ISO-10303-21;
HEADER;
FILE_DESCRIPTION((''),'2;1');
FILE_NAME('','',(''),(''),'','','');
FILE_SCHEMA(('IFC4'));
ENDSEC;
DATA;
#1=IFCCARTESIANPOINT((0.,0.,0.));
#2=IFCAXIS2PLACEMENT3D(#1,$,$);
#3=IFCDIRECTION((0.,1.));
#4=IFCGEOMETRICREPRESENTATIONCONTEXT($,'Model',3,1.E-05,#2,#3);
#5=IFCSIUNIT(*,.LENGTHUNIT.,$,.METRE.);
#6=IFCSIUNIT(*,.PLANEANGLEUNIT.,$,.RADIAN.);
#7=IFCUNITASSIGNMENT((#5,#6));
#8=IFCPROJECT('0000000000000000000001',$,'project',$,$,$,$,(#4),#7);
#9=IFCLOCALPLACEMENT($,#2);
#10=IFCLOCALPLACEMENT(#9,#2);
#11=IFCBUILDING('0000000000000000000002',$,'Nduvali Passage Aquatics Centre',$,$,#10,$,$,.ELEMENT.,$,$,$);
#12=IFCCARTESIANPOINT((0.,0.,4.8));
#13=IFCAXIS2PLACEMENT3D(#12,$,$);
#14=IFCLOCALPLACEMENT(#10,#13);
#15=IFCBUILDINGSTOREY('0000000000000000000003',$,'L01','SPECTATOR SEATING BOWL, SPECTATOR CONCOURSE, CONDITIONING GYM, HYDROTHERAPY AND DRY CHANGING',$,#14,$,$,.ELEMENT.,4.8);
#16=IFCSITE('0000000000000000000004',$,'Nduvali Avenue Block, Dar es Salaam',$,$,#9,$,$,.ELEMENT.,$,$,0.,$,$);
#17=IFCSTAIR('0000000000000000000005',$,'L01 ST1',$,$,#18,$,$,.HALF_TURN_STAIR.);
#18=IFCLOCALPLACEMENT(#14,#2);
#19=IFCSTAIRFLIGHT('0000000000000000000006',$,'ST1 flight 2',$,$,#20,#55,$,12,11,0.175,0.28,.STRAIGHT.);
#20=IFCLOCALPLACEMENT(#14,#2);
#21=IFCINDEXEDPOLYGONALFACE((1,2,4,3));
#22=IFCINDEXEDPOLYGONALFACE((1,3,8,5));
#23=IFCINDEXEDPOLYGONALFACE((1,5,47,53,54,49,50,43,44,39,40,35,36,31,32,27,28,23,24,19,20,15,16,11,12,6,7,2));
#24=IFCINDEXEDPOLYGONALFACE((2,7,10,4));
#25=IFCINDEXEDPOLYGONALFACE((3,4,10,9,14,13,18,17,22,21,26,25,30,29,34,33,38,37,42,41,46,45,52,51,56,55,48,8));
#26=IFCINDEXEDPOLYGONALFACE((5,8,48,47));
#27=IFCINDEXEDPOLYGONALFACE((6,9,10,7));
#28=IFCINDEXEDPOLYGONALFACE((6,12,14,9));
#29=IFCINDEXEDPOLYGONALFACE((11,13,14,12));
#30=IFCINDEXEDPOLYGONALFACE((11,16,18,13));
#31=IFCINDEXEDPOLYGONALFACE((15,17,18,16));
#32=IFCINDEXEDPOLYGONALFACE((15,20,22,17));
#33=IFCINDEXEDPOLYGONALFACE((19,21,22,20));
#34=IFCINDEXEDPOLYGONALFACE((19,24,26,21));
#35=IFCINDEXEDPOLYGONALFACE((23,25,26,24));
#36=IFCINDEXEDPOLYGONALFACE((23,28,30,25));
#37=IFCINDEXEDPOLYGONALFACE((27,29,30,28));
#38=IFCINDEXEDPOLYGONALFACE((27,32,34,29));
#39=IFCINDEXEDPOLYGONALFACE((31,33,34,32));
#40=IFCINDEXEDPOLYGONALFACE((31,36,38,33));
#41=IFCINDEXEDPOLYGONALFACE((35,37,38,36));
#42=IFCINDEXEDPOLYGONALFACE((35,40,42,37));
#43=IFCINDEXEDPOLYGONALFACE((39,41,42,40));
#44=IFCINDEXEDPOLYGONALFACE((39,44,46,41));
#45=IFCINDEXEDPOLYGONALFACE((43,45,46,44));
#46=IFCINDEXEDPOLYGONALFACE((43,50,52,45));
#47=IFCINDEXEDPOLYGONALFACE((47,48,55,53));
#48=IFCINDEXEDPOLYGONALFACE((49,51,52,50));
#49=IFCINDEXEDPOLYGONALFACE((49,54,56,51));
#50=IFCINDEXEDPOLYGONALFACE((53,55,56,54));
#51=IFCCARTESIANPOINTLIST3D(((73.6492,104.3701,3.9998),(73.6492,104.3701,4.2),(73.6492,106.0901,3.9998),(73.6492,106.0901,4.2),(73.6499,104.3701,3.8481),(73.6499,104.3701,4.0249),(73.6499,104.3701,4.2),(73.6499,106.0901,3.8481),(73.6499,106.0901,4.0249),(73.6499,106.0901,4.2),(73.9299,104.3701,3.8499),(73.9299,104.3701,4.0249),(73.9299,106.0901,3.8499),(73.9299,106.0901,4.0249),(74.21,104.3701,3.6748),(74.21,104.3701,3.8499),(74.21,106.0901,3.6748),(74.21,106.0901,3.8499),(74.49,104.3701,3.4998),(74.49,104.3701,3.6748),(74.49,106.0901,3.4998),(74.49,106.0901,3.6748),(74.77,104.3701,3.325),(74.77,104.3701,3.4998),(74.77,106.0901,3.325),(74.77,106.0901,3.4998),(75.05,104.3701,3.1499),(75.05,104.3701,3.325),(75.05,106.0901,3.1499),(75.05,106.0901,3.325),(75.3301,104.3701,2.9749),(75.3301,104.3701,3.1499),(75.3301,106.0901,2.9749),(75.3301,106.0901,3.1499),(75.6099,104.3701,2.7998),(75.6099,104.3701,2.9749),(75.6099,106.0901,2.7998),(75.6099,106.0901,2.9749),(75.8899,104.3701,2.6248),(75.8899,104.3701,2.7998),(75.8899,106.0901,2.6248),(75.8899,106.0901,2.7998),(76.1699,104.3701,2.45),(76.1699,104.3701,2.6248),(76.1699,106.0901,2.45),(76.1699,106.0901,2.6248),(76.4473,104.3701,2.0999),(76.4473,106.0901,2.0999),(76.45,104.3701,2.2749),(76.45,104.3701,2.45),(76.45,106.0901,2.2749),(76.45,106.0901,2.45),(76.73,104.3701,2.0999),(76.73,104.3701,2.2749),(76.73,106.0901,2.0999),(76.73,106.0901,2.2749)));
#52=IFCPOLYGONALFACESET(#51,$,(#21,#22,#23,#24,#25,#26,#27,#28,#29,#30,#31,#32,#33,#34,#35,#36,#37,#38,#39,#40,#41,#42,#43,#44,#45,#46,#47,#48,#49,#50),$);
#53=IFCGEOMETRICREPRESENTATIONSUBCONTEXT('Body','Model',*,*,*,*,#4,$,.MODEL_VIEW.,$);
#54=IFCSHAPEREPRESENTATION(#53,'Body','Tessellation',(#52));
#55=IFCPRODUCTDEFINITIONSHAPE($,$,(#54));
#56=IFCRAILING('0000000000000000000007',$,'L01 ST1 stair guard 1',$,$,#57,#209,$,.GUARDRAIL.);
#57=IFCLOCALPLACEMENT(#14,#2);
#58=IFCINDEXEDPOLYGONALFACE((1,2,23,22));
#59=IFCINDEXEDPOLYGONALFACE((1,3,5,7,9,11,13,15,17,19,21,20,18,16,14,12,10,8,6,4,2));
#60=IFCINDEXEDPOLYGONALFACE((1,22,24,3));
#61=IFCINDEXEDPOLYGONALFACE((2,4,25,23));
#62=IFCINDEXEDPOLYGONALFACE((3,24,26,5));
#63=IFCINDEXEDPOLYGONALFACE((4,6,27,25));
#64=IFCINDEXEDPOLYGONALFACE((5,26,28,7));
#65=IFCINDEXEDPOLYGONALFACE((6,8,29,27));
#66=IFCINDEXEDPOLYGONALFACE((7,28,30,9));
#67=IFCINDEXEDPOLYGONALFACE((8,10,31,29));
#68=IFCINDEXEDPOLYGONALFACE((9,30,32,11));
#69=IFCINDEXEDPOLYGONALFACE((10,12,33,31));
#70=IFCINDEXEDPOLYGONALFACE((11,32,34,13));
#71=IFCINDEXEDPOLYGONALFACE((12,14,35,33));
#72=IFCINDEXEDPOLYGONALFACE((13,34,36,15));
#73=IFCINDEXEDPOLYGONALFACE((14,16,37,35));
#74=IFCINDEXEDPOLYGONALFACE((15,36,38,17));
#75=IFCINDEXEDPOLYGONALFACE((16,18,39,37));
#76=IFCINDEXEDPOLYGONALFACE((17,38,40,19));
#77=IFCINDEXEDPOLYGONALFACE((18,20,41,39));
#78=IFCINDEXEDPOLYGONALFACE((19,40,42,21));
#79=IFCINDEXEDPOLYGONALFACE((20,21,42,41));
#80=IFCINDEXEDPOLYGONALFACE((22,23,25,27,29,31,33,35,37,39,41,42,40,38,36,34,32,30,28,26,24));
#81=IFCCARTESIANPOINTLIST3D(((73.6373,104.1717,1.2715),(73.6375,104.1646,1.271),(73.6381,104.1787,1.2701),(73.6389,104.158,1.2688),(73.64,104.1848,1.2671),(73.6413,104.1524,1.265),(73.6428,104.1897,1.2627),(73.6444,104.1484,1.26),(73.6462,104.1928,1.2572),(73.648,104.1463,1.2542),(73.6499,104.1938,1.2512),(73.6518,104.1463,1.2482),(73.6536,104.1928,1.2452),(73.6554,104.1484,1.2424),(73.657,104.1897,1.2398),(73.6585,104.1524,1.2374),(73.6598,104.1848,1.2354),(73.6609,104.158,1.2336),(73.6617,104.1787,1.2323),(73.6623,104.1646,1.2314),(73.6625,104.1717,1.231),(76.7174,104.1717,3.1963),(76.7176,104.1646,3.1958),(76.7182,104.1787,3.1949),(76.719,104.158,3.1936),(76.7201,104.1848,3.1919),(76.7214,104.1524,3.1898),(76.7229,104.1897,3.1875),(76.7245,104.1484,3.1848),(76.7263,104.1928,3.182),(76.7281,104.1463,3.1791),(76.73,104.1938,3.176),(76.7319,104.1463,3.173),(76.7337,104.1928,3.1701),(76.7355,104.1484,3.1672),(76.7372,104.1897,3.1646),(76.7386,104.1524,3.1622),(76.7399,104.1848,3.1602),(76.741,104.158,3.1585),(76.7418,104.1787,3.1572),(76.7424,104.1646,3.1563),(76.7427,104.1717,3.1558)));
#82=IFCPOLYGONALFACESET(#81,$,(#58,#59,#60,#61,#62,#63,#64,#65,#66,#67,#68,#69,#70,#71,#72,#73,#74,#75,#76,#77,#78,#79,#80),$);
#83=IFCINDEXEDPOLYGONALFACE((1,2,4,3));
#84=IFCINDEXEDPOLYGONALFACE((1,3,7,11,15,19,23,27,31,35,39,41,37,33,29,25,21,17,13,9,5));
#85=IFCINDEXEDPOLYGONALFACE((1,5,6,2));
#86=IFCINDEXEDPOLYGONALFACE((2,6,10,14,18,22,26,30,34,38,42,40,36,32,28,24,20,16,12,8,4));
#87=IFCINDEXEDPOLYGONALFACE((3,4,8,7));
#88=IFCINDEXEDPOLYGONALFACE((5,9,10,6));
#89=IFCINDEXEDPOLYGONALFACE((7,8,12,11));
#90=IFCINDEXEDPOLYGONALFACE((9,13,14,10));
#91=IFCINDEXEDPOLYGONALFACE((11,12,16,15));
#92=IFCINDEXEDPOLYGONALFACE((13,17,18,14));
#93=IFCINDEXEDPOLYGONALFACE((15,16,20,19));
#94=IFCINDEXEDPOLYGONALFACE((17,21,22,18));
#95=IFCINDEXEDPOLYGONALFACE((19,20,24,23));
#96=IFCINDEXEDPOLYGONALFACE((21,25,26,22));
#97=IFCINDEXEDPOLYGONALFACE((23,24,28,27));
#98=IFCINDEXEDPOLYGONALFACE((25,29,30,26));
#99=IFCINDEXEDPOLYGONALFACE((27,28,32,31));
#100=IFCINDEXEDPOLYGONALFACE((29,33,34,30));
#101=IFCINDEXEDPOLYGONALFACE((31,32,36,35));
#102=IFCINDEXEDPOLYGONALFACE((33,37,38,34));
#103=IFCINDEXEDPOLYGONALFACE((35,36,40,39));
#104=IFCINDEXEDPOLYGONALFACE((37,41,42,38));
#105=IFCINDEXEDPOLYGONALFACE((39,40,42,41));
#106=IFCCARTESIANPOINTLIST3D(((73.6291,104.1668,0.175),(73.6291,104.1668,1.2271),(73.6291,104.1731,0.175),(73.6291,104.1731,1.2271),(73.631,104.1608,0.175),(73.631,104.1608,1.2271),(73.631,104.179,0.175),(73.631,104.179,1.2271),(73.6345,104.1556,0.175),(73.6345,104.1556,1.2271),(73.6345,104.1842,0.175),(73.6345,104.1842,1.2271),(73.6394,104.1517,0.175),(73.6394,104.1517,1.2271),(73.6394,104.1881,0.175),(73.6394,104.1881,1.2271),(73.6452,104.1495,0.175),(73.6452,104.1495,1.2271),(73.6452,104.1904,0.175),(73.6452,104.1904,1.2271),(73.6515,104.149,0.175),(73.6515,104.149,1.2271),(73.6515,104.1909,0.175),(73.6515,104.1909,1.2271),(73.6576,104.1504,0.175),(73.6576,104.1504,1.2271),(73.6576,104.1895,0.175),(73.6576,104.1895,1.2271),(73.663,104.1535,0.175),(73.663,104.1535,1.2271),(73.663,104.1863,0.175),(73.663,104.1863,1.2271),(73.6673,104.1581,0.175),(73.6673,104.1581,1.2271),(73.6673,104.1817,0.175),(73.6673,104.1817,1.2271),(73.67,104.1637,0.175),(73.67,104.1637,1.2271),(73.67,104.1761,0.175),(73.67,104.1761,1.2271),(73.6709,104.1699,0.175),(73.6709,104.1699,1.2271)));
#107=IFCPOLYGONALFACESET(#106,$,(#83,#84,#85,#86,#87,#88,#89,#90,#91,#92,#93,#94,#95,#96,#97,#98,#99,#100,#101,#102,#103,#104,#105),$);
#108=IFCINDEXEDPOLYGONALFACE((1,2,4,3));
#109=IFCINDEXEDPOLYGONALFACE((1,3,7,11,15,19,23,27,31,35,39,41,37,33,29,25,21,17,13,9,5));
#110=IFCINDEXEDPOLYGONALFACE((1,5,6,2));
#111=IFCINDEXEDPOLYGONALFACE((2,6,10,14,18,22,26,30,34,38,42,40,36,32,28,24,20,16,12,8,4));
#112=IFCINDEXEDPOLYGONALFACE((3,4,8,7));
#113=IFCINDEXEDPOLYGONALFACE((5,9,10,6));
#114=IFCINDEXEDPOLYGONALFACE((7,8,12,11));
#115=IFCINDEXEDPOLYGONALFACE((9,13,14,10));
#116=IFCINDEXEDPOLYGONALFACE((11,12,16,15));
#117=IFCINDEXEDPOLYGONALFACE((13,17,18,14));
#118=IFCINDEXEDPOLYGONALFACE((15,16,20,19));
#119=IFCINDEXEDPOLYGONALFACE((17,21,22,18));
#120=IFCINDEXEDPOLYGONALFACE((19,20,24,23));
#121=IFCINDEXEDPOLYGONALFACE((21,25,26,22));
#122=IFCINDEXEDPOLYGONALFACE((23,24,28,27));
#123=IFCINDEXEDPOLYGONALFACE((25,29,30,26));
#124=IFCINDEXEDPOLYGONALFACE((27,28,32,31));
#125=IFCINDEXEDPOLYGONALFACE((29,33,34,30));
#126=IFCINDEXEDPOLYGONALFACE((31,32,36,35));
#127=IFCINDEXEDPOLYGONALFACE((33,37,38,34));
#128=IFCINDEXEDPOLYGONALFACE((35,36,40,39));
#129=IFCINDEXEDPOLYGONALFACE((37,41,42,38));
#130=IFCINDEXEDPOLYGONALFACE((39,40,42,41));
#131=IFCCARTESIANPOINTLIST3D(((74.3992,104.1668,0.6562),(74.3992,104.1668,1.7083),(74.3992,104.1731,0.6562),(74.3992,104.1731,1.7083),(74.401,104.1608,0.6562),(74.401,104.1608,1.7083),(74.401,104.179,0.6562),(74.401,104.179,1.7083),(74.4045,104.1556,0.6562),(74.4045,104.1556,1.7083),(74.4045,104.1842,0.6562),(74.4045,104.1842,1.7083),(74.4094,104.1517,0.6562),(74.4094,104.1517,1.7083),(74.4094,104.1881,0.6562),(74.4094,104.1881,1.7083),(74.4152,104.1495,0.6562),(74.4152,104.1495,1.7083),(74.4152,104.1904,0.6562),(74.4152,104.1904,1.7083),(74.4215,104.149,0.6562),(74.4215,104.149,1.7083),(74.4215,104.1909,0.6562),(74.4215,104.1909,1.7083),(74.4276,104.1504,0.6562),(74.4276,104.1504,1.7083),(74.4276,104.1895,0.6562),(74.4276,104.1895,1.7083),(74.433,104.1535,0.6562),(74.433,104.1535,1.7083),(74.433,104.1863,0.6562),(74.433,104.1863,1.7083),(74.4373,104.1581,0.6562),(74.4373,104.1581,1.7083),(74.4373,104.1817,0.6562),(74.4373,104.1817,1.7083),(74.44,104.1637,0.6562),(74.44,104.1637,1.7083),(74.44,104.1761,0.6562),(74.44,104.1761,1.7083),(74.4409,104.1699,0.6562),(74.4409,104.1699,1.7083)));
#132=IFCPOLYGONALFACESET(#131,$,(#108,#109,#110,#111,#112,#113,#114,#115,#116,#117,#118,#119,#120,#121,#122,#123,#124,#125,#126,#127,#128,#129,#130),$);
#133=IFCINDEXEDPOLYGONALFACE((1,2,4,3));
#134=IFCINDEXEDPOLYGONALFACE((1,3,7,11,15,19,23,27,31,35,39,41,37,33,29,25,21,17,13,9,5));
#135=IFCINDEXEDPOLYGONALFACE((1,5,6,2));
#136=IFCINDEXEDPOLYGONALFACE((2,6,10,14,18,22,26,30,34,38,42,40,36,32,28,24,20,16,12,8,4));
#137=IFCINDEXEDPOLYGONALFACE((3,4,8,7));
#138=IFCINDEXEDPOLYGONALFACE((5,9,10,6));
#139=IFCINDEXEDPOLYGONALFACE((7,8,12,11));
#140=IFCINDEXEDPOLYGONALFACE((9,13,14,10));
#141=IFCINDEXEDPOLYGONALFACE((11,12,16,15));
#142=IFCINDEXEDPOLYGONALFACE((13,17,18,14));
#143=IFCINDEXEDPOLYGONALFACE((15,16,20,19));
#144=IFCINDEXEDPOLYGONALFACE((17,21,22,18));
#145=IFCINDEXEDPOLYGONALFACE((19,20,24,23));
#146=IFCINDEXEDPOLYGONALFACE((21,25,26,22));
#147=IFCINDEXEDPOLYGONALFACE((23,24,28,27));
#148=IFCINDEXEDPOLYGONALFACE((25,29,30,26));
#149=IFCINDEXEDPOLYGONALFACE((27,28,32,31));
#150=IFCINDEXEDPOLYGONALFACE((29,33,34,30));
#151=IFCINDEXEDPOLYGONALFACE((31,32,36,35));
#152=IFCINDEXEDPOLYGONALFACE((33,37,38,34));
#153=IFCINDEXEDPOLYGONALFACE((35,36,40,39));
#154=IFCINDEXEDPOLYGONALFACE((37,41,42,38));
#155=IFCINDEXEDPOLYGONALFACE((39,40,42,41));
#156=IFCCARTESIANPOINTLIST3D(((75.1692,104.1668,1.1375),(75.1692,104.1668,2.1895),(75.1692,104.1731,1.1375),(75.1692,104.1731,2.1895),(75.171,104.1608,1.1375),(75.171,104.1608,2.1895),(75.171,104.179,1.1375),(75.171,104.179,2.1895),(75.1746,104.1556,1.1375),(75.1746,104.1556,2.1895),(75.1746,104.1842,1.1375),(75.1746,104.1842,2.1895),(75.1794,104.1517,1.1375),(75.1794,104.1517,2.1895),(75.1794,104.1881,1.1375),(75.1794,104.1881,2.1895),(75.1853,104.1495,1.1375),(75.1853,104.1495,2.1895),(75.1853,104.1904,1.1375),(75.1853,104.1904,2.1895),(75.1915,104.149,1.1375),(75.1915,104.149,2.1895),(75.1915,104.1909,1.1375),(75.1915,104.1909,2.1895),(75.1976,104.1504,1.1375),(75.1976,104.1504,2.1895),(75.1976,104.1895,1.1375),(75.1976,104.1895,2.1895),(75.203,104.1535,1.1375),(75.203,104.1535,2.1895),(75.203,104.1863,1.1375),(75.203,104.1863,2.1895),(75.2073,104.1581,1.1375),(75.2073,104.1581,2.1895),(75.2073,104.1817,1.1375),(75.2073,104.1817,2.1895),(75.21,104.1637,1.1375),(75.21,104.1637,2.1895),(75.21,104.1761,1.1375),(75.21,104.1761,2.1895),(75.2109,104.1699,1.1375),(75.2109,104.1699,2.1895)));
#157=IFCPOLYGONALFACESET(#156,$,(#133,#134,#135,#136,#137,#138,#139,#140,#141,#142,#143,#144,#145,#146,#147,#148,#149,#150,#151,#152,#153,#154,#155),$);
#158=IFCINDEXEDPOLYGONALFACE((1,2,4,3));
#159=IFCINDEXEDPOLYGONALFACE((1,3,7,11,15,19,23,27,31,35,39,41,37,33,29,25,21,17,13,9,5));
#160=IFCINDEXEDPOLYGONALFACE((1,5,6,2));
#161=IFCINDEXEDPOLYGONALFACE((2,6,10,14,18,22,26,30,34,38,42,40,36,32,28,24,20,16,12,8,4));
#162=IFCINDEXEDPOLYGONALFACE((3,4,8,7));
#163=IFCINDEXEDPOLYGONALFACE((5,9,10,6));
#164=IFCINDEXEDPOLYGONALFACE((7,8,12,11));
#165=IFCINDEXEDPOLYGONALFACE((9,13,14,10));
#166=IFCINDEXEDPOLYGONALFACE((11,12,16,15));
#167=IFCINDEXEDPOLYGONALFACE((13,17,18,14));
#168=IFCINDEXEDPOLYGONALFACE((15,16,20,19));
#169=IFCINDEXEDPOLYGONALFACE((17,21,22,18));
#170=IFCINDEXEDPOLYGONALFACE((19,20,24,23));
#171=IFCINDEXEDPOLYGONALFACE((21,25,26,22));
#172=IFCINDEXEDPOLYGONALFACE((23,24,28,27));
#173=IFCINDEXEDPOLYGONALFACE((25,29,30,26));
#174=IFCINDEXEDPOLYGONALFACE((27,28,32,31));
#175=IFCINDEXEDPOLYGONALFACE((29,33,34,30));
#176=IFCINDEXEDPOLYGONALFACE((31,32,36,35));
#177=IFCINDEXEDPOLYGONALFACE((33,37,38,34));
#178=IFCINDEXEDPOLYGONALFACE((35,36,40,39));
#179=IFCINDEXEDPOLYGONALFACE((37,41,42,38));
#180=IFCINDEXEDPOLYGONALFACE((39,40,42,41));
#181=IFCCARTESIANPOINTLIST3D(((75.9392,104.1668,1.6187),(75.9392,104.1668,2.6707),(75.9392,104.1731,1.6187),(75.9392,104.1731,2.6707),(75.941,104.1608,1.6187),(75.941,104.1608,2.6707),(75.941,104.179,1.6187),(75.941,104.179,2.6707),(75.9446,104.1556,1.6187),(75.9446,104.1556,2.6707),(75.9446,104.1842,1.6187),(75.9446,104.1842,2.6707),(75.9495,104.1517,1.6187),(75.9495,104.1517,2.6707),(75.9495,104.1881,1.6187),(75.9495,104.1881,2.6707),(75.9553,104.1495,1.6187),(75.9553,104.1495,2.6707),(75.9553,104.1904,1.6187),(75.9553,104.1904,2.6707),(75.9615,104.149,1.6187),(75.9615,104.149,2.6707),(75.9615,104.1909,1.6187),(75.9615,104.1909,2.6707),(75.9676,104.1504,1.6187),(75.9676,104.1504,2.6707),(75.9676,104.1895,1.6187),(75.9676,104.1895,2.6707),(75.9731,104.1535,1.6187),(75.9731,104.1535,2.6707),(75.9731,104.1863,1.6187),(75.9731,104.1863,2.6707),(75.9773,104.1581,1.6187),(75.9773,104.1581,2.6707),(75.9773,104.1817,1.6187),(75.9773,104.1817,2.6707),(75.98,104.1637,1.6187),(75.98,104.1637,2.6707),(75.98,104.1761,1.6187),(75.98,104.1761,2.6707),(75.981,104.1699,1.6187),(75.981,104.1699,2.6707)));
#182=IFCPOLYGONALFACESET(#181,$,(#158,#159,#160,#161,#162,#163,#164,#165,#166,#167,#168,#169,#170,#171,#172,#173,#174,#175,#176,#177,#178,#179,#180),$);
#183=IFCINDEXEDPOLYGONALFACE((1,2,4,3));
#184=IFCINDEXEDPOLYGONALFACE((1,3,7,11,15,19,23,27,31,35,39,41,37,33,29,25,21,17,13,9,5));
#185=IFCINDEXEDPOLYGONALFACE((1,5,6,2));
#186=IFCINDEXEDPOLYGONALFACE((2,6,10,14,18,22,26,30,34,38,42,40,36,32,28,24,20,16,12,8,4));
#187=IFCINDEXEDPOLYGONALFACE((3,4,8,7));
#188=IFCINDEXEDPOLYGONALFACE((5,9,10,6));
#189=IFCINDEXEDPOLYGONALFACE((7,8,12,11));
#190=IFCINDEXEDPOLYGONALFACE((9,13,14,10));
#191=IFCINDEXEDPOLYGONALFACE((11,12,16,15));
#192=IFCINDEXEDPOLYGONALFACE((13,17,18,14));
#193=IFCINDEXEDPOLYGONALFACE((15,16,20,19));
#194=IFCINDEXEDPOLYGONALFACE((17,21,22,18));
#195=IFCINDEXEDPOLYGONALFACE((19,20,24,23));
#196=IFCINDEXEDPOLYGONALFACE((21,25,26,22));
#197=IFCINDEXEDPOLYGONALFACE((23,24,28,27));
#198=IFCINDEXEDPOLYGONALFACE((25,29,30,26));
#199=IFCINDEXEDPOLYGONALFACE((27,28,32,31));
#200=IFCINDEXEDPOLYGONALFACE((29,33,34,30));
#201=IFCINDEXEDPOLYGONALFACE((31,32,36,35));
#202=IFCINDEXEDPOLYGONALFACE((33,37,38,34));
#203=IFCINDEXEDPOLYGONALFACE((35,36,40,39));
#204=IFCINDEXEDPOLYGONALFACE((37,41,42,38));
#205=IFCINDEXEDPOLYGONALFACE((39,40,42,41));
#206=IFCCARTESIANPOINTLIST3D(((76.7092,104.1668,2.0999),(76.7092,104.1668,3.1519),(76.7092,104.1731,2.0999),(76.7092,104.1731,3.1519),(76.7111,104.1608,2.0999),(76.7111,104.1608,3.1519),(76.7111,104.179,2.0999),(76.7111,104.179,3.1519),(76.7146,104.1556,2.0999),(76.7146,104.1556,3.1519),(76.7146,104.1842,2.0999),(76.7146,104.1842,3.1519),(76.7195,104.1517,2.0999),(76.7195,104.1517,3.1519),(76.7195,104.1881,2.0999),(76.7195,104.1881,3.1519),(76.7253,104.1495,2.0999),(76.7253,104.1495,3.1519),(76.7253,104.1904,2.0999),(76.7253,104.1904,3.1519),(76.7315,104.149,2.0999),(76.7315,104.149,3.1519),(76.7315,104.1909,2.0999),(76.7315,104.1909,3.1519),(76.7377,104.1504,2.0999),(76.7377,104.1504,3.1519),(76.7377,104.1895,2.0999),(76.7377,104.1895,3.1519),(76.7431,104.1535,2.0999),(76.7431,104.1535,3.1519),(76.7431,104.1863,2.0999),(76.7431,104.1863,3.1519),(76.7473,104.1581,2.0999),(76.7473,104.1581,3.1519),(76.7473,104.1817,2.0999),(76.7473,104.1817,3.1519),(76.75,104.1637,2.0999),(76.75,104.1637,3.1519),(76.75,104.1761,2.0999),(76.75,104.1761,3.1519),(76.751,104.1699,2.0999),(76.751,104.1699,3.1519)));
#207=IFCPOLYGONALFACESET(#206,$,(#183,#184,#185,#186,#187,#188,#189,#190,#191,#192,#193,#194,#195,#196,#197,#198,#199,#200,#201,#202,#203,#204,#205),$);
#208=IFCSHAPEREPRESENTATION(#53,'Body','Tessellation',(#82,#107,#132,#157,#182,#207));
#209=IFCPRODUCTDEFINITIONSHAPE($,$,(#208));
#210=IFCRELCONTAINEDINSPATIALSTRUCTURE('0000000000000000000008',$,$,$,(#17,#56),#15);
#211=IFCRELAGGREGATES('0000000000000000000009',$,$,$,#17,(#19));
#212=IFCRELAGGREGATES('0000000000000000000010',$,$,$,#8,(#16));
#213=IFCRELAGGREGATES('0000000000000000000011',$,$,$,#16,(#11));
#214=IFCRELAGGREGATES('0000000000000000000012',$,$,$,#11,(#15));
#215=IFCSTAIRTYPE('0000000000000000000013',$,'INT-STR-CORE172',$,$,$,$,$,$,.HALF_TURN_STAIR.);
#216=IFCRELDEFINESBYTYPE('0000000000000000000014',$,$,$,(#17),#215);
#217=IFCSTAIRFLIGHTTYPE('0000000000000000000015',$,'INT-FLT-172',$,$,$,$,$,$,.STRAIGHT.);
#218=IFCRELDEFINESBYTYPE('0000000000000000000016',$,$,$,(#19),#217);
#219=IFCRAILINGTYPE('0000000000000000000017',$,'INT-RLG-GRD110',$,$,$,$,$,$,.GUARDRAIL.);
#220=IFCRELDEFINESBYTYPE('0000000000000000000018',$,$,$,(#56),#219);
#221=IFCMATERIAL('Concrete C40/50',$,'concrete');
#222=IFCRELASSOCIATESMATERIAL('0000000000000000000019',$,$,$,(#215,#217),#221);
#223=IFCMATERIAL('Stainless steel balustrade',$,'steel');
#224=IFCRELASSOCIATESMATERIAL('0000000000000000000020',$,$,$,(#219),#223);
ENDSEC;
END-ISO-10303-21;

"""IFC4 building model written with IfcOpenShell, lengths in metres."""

from ifc_helpers import new_model, si_unit, direction, frame, origin, origin_2d, place, context, subcontext, project, spatial, polyline, circle, outline, extrude, material, type_object, element, aggregate, save


model = new_model("IFC4")

# Units and contexts
model_context = context("Model", 3, precision=1e-05, world=origin(), true_north=direction((0.0, 1.0)))
body_context = subcontext(model_context, "Body", "Model", "MODEL_VIEW")
ifc_project = project(units=[si_unit("LENGTHUNIT", "METRE"), si_unit("PLANEANGLEUNIT", "RADIAN")], contexts=[model_context])

# Site, building, storey
site_placement = place(None, origin())
site = spatial("IfcSite", under=ifc_project, at=site_placement, Name="Nduvali Avenue Block, Dar es Salaam", CompositionType="ELEMENT", RefElevation=0.0)
building_placement = place(site_placement, origin())
building = spatial("IfcBuilding", under=site, at=building_placement, Name="Nduvali Passage Aquatics Centre", CompositionType="ELEMENT")
storey_placement = place(building_placement, frame((0.0, 0.0, 4.8)))
storey = spatial("IfcBuildingStorey", under=building, at=storey_placement, Name="L01", Description="SPECTATOR SEATING BOWL, SPECTATOR CONCOURSE, CONDITIONING GYM, HYDROTHERAPY AND DRY CHANGING", CompositionType="ELEMENT", Elevation=4.8)

# Shared definitions
ifc_material_1 = material(Name="Concrete C40/50", Category="concrete")

# Stair, stair flight
stair_type = type_object("IfcStairType", Name="INT-STR-CORE172", PredefinedType="HALF_TURN_STAIR", material=ifc_material_1)
stair_placement = place(storey_placement, origin())
stair = element("IfcStair", 1, at=stair_placement, inside=storey, type_object=stair_type, Name="L01 ST1", PredefinedType="HALF_TURN_STAIR")
stair_flight_type = type_object("IfcStairFlightType", Name="INT-FLT-172", PredefinedType="STRAIGHT", material=ifc_material_1)
stair_flight_1_placement = place(storey_placement, frame((76.73, 105.23, 2.0999), z_axis=(0.0, 0.0, 1.0), x_axis=(-1.0, 0.0, 0.0)))
stair_flight_1 = element("IfcStairFlight", 2, at=stair_flight_1_placement, type_object=stair_flight_type, Name="ST1 flight 2", NumberOfRisers=12, NumberOfTreads=11, PredefinedType="STRAIGHT", RiserHeight=0.175, TreadLength=0.28, context=body_context, shape_type="SweptSolid", body=[
    extrude(outline(polyline([(0.0, 0.0), (0.0, 0.175), (0.28, 0.175), (0.28, 0.3501), (0.5601, 0.3501), (0.5601, 0.5249), (0.8401, 0.5249), (0.8401, 0.7), (1.1201, 0.7), (1.1201, 0.875), (1.3999, 0.875), (1.3999, 1.05), (1.6799, 1.05), (1.6799, 1.2251), (1.96, 1.2251), (1.96, 1.3999), (2.24, 1.3999), (2.24, 1.575), (2.52, 1.575), (2.52, 1.75), (2.8, 1.75), (2.8, 1.925), (3.0801, 1.925), (3.0801, 2.1001), (3.0808, 2.1001), (3.0808, 1.8999), (3.0801, 1.7483), (0.2827, 0.0), (0.0, 0.0)])), frame((0.0, 0.8599, 0.0), z_axis=(0.0, -1.0, 0.0), x_axis=(1.0, 0.0, 0.0)), (0.0, 0.0, 1.0), 1.72),
])
aggregate(stair, [stair_flight_1])

# Railing
ifc_material_2 = material(Name="Stainless steel balustrade", Category="steel")
railing_type_1 = type_object("IfcRailingType", Name="INT-RLG-GRD110", PredefinedType="GUARDRAIL", material=ifc_material_2)
railing_1_placement = place(storey_placement, frame((73.6499, 104.1699, 0.175)))
element("IfcRailing", 3, at=railing_1_placement, inside=storey, type_object=railing_type_1, Name="L01 ST1 stair guard 1", PredefinedType="GUARDRAIL", context=body_context, shape_type="SweptSolid", body=[
    extrude(circle(Radius=0.0239, at=origin_2d()), frame((0.0, 0.0, 1.0762), z_axis=(0.848029, 0.0, 0.529951), x_axis=(0.0, 1.0, 0.0)), (0.0, 0.0, 1.0), 3.6321),
    extrude(circle(Radius=0.021, at=origin_2d()), origin(), (0.0, 0.0, 1.0), 1.052),
    extrude(circle(Radius=0.021, at=origin_2d()), frame((0.77, 0.0, 0.4812)), (0.0, 0.0, 1.0), 1.052),
    extrude(circle(Radius=0.021, at=origin_2d()), frame((1.54, 0.0, 0.9624)), (0.0, 0.0, 1.0), 1.052),
    extrude(circle(Radius=0.021, at=origin_2d()), frame((2.3101, 0.0, 1.4436)), (0.0, 0.0, 1.0), 1.052),
    extrude(circle(Radius=0.021, at=origin_2d()), frame((3.0801, 0.0, 1.9248)), (0.0, 0.0, 1.0), 1.052),
])

save(model, "model.ifc")
